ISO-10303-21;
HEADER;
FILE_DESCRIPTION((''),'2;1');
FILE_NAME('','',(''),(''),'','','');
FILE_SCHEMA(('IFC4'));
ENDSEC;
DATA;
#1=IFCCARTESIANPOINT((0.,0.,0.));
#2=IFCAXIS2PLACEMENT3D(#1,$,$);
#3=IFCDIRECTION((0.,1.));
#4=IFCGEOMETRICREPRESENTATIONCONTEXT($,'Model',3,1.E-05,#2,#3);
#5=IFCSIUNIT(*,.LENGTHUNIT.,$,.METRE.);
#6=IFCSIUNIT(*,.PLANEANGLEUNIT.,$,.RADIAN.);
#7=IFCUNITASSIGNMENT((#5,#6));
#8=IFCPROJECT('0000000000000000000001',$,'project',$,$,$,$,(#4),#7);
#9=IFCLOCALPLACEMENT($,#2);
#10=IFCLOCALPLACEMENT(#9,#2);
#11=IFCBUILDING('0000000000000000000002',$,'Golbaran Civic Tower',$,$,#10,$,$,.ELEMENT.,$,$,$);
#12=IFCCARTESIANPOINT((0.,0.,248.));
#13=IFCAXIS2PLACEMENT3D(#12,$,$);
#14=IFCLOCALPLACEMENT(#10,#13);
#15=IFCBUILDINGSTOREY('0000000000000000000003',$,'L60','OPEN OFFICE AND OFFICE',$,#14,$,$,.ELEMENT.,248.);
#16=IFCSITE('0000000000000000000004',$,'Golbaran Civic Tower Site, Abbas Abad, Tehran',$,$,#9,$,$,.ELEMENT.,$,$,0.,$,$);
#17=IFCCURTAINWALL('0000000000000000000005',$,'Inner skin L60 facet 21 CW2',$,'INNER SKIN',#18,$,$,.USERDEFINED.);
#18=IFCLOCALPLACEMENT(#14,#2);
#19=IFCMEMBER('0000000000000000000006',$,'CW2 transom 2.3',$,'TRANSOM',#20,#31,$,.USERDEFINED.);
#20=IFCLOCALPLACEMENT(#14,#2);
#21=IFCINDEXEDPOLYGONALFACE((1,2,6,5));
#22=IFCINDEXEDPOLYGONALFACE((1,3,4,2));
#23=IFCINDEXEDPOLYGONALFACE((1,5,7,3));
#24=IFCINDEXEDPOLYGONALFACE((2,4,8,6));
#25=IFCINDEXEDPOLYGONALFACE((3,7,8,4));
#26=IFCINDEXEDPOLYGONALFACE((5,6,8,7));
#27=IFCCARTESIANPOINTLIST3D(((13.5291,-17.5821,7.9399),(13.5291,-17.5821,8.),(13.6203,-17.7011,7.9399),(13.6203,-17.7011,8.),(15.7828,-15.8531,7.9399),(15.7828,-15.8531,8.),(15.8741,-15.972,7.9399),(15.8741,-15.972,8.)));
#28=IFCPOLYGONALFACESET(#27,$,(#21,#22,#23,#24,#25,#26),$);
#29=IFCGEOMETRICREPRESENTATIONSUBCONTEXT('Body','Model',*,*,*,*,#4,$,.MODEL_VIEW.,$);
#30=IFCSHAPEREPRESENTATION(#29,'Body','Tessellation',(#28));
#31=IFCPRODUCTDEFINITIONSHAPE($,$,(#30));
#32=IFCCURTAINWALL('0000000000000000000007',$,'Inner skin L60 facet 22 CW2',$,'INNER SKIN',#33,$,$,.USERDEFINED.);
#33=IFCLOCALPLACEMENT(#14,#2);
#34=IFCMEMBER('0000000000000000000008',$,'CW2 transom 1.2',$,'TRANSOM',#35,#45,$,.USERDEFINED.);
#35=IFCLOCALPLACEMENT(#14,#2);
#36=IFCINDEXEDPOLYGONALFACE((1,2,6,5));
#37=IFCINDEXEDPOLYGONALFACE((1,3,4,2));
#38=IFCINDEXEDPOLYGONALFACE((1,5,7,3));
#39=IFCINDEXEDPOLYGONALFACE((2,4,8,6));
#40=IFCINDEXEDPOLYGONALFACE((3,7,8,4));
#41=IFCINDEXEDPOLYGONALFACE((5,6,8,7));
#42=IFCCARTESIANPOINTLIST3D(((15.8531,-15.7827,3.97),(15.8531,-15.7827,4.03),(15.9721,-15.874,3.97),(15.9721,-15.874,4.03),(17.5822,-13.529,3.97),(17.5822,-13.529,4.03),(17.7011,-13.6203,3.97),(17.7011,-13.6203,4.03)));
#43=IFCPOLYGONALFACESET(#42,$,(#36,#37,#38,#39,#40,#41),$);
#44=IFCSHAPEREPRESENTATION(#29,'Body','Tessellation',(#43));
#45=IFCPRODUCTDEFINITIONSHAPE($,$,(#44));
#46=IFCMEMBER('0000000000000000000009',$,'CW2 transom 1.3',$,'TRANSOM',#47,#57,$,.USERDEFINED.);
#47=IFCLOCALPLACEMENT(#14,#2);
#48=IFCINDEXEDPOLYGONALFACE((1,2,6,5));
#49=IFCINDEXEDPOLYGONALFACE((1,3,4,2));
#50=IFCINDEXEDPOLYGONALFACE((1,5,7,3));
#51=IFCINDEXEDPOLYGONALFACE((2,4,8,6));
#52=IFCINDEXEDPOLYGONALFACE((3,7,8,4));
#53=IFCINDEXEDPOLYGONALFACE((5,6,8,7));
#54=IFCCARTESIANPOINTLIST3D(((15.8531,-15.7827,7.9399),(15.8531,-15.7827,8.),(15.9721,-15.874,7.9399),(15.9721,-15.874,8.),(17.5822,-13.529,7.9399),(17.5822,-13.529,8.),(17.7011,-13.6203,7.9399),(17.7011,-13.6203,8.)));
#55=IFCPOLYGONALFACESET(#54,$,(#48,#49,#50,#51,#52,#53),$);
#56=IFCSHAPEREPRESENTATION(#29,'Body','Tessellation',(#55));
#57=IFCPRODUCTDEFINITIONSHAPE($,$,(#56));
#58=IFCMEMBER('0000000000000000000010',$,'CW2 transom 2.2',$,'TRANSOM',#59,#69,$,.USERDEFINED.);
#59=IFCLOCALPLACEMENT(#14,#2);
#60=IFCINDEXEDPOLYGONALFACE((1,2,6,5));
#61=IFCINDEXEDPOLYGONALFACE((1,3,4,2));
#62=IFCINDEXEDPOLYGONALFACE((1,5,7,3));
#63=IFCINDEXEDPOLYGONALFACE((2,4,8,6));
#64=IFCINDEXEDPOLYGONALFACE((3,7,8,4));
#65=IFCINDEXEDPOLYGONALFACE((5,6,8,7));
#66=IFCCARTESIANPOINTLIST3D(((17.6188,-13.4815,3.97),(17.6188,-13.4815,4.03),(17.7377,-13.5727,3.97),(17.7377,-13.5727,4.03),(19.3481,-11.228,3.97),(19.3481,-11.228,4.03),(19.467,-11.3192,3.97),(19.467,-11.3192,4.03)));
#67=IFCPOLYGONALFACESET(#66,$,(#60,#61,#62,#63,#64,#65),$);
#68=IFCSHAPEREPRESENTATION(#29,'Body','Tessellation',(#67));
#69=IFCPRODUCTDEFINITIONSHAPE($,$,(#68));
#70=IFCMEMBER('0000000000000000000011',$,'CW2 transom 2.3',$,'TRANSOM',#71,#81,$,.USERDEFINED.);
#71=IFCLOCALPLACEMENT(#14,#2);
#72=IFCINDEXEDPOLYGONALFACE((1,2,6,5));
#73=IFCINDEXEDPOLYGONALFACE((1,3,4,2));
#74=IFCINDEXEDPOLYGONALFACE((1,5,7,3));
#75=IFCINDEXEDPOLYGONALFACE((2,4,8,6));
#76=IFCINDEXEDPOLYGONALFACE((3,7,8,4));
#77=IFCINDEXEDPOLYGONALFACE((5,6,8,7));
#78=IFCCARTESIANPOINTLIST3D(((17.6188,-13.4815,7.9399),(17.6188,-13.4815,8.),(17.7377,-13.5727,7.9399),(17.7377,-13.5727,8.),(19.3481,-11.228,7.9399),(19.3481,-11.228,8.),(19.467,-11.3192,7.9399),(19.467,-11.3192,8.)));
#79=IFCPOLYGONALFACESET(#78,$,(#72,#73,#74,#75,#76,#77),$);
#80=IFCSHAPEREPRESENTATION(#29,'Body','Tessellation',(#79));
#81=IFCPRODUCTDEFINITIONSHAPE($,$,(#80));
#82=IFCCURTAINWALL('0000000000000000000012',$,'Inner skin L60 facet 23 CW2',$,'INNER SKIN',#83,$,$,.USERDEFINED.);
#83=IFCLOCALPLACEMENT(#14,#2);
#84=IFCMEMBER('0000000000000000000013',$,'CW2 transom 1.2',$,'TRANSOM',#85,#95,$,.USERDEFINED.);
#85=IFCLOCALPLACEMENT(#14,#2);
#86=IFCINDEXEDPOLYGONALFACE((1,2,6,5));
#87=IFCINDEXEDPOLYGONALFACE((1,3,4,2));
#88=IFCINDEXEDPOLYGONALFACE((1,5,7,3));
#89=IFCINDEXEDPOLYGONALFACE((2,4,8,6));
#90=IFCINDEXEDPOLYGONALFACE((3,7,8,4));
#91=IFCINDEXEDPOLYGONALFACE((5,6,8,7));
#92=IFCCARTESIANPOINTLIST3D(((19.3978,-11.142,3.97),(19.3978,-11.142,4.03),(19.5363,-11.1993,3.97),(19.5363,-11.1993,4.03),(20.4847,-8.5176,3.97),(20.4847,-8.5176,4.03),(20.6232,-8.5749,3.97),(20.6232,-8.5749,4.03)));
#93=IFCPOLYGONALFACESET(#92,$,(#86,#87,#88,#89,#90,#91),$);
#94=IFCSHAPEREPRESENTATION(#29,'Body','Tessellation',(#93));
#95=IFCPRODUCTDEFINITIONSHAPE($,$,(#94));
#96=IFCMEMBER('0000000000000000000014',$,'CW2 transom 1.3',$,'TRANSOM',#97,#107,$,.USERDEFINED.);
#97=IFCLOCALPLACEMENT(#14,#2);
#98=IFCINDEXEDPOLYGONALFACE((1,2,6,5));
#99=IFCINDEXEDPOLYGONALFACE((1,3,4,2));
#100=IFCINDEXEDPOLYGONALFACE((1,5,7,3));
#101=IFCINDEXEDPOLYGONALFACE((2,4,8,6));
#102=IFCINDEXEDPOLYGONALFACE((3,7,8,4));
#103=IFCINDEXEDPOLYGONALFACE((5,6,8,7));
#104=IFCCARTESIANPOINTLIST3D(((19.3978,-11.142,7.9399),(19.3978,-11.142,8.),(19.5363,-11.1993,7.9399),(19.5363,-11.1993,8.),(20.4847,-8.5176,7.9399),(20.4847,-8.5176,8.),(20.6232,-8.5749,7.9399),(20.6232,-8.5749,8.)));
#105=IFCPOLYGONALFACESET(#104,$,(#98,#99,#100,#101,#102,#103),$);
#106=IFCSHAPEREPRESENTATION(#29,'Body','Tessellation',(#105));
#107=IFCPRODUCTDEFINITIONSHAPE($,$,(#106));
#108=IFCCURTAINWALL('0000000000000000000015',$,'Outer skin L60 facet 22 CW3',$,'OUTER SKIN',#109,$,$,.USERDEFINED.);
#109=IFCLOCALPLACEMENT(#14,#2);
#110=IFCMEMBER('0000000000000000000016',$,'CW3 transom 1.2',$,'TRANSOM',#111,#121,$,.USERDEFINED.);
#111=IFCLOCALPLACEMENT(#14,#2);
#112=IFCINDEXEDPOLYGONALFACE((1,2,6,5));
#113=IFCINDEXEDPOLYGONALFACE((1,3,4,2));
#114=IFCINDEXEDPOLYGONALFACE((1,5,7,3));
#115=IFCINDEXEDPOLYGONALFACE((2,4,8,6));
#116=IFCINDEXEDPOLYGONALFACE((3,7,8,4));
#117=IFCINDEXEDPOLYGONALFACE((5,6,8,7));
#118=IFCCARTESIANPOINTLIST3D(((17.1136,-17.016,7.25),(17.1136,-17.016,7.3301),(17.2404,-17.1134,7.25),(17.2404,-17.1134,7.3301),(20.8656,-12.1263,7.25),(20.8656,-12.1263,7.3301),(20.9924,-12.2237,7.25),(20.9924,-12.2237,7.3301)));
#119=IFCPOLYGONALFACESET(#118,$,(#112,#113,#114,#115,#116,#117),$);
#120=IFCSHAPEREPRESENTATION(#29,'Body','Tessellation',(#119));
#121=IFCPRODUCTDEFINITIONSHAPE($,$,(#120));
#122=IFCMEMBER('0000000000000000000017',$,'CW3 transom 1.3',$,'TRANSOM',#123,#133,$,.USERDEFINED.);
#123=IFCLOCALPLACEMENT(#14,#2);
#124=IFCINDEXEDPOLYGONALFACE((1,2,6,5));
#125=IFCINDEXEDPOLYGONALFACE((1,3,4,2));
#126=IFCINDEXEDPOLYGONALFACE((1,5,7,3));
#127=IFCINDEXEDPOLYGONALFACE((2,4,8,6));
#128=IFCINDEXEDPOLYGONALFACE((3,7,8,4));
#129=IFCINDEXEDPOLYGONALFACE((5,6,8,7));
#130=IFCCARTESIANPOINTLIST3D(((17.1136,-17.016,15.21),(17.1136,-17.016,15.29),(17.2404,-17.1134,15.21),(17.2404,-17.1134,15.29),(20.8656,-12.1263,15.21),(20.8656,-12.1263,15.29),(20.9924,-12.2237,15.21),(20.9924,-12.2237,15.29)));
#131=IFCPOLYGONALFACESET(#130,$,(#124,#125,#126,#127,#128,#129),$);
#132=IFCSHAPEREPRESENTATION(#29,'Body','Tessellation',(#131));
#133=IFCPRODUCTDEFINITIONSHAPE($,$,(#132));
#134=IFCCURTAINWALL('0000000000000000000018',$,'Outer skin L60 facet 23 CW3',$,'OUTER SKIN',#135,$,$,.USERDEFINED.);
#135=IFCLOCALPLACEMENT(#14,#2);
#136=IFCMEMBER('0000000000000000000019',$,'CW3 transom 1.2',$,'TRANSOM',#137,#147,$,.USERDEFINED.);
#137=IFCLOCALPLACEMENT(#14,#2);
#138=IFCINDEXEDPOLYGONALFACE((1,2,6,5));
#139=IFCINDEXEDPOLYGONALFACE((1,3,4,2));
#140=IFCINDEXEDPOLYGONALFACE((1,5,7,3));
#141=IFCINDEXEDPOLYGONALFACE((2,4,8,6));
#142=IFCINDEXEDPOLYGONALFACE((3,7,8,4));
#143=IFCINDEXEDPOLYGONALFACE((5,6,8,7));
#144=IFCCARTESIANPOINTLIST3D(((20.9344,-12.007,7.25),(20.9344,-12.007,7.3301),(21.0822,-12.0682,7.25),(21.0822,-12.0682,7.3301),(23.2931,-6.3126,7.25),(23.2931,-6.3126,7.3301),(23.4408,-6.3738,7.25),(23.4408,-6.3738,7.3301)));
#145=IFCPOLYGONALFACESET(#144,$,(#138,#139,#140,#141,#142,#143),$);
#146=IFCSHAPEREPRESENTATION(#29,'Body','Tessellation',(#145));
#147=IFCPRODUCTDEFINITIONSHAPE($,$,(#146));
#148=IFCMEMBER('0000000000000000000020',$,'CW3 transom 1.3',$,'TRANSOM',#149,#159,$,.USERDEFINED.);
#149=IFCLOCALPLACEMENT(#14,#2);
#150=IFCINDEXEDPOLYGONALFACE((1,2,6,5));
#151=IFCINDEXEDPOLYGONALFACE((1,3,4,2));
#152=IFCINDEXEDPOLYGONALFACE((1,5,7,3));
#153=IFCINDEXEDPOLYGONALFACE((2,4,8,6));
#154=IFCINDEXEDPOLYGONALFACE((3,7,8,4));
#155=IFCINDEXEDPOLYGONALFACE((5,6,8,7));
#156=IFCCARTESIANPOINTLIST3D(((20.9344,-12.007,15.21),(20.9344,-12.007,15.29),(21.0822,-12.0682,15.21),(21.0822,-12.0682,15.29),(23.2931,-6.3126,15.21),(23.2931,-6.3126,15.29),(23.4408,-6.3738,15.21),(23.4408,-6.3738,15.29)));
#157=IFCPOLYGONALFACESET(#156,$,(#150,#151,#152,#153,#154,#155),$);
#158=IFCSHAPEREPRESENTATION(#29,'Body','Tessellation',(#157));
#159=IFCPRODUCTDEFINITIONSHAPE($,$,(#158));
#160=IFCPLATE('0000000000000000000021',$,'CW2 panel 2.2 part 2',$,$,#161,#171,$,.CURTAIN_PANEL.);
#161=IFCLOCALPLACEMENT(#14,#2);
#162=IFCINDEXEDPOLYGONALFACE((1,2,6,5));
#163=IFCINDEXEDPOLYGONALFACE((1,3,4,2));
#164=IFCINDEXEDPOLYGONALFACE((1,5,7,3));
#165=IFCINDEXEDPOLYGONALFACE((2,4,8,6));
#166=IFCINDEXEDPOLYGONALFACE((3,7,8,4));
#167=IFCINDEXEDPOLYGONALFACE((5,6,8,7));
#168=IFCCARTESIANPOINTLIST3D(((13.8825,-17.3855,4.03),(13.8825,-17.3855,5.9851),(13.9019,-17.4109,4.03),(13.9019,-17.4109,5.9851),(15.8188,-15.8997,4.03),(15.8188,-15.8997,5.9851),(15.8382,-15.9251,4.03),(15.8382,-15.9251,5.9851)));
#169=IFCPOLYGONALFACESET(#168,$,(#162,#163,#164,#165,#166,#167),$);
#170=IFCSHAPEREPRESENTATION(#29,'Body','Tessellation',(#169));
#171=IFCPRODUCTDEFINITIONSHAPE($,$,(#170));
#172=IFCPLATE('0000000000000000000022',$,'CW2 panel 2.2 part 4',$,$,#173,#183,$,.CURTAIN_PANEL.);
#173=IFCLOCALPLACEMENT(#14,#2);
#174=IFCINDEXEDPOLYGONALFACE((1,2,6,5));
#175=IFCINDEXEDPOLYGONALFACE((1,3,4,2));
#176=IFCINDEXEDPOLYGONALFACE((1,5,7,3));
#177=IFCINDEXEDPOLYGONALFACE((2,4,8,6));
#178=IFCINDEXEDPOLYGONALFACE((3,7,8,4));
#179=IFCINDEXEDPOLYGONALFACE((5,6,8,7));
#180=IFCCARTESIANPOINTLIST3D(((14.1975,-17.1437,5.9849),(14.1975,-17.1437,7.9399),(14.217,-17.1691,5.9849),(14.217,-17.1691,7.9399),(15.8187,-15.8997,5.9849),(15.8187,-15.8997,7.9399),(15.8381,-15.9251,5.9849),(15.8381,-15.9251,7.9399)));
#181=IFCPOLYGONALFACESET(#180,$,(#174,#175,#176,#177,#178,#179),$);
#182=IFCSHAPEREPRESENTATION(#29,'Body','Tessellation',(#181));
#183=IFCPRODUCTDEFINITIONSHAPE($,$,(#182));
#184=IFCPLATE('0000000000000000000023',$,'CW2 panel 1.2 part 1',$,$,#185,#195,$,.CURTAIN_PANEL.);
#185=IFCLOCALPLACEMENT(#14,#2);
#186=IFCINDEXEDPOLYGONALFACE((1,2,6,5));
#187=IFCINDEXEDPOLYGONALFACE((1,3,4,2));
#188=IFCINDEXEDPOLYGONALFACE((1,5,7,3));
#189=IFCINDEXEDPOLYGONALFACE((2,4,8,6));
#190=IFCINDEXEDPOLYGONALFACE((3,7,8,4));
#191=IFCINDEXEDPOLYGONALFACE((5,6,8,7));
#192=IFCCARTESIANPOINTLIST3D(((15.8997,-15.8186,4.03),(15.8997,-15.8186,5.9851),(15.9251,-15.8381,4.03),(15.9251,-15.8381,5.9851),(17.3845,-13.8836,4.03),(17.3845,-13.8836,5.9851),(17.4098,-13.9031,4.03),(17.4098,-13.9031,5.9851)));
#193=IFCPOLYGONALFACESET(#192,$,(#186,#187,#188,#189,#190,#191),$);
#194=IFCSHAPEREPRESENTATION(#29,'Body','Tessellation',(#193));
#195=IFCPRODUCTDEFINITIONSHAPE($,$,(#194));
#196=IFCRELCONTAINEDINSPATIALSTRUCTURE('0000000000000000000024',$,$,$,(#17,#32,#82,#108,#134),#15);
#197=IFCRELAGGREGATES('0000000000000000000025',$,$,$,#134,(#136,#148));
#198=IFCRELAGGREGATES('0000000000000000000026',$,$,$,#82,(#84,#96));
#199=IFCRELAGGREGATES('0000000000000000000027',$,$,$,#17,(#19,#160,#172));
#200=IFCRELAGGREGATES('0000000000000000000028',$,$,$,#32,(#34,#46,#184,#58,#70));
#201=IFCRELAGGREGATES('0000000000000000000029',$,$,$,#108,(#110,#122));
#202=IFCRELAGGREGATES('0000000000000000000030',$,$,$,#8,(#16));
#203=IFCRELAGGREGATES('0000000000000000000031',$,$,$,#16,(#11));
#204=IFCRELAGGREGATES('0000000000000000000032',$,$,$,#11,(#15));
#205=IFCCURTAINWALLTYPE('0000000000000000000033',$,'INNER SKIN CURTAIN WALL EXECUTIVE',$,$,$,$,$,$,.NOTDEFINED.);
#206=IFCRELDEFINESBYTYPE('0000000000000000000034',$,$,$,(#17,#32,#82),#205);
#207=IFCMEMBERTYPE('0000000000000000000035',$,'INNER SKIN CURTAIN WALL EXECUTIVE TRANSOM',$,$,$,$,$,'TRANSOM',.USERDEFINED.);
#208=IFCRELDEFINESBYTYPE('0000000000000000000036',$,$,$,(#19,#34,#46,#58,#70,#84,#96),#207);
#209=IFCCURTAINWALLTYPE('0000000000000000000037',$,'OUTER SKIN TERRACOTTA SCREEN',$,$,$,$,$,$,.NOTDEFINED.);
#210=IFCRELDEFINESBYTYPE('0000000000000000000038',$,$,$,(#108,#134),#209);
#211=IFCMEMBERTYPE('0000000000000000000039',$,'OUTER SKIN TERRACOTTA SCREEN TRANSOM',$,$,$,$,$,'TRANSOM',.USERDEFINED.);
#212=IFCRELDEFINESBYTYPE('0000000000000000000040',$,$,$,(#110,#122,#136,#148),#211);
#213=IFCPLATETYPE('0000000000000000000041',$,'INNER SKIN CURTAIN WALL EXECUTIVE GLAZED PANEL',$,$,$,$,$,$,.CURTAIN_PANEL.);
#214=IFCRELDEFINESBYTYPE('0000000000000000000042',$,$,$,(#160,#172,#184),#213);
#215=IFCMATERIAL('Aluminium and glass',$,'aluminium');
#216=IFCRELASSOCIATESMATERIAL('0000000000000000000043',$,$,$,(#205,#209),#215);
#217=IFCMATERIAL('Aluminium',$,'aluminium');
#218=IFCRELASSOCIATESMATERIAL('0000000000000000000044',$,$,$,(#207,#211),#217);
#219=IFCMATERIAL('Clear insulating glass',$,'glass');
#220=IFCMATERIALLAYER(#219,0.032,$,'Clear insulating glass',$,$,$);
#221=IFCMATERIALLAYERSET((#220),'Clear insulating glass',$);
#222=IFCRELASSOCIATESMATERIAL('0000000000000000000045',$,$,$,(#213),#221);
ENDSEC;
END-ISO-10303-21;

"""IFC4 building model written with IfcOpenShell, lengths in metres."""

from ifc_helpers import new_model, si_unit, direction, frame, origin, origin_2d, place, context, subcontext, project, spatial, rectangle, extrude, material, layer, layer_set, material_profile, profile_set, type_object, element, aggregate, save


model = new_model("IFC4")

# Units and contexts
model_context = context("Model", 3, precision=1e-05, world=origin(), true_north=direction((0.0, 1.0)))
body_context = subcontext(model_context, "Body", "Model", "MODEL_VIEW")
ifc_project = project(units=[si_unit("LENGTHUNIT", "METRE"), si_unit("PLANEANGLEUNIT", "RADIAN")], contexts=[model_context])

# Site, building, storey
site_placement = place(None, origin())
site = spatial("IfcSite", under=ifc_project, at=site_placement, Name="Golbaran Civic Tower Site, Abbas Abad, Tehran", CompositionType="ELEMENT", RefElevation=0.0)
building_placement = place(site_placement, origin())
building = spatial("IfcBuilding", under=site, at=building_placement, Name="Golbaran Civic Tower", CompositionType="ELEMENT")
storey_placement = place(building_placement, frame((0.0, 0.0, 248.0)))
storey = spatial("IfcBuildingStorey", under=building, at=storey_placement, Name="L60", Description="OPEN OFFICE AND OFFICE", CompositionType="ELEMENT", Elevation=248.0)

# Curtain wall, member
ifc_material_1 = material(Name="Aluminium and glass", Category="aluminium")
curtain_wall_type_1 = type_object("IfcCurtainWallType", Name="INNER SKIN CURTAIN WALL EXECUTIVE", PredefinedType="NOTDEFINED", material=ifc_material_1)
curtain_wall_1_placement = place(storey_placement, origin())
curtain_wall_1 = element("IfcCurtainWall", 1, at=curtain_wall_1_placement, inside=storey, type_object=curtain_wall_type_1, Name="Inner skin L60 facet 21 CW2", ObjectType="INNER SKIN", PredefinedType="USERDEFINED")
ifc_material_2 = material(Name="Aluminium", Category="aluminium")
ifc_material_profile_1 = material_profile(ifc_material_2, rectangle(XDim=0.1499, YDim=0.0601, at=origin_2d()), Name="INNER SKIN CURTAIN WALL EXECUTIVE TRANSOM")
ifc_profile_set_1 = profile_set([ifc_material_profile_1], Name="Aluminium")
member_type_1 = type_object("IfcMemberType", Name="INNER SKIN CURTAIN WALL EXECUTIVE TRANSOM", ElementType="TRANSOM", PredefinedType="USERDEFINED", material=ifc_profile_set_1)
member_1_placement = place(storey_placement, frame((13.5747, -17.6416, 7.97), z_axis=(0.793403, 0.608697, 0.0), x_axis=(-0.608697, 0.793403, 0.0)))
member_1 = element("IfcMember", 2, at=member_1_placement, type_object=member_type_1, Name="CW2 transom 2.3", ObjectType="TRANSOM", PredefinedType="USERDEFINED", context=body_context, shape_type="SweptSolid", body=[
    extrude(rectangle(XDim=0.1499, YDim=0.0601, at=origin_2d()), origin(), (0.0, 0.0, 1.0), 2.8406),
])

# Curtain walls, members
curtain_wall_2_placement = place(storey_placement, origin())
curtain_wall_2 = element("IfcCurtainWall", 3, at=curtain_wall_2_placement, inside=storey, type_object=curtain_wall_type_1, Name="Inner skin L60 facet 22 CW2", ObjectType="INNER SKIN", PredefinedType="USERDEFINED")
member_2_placement = place(storey_placement, frame((15.9126, -15.8284, 4.0), z_axis=(0.608697, 0.793403, 0.0), x_axis=(-0.793403, 0.608697, 0.0)))
member_2 = element("IfcMember", 4, at=member_2_placement, type_object=member_type_1, Name="CW2 transom 1.2", ObjectType="TRANSOM", PredefinedType="USERDEFINED", context=body_context, shape_type="SweptSolid", body=[
    extrude(rectangle(XDim=0.1499, YDim=0.0601, at=origin_2d()), origin(), (0.0, 0.0, 1.0), 2.8406),
])
member_3_placement = place(storey_placement, frame((15.9126, -15.8284, 7.97), z_axis=(0.608697, 0.793403, 0.0), x_axis=(-0.793403, 0.608697, 0.0)))
member_3 = element("IfcMember", 5, at=member_3_placement, type_object=member_type_1, Name="CW2 transom 1.3", ObjectType="TRANSOM", PredefinedType="USERDEFINED", context=body_context, shape_type="SweptSolid", body=[
    extrude(rectangle(XDim=0.1499, YDim=0.0601, at=origin_2d()), origin(), (0.0, 0.0, 1.0), 2.8406),
])
member_4_placement = place(storey_placement, frame((17.6782, -13.5271, 4.0), z_axis=(0.608792, 0.79333, 0.0), x_axis=(-0.79333, 0.608792, 0.0)))
member_4 = element("IfcMember", 6, at=member_4_placement, type_object=member_type_1, Name="CW2 transom 2.2", ObjectType="TRANSOM", PredefinedType="USERDEFINED", context=body_context, shape_type="SweptSolid", body=[
    extrude(rectangle(XDim=0.1499, YDim=0.0601, at=origin_2d()), origin(), (0.0, 0.0, 1.0), 2.8406),
])
member_5_placement = place(storey_placement, frame((17.6782, -13.5271, 7.97), z_axis=(0.608792, 0.79333, 0.0), x_axis=(-0.79333, 0.608792, 0.0)))
member_5 = element("IfcMember", 7, at=member_5_placement, type_object=member_type_1, Name="CW2 transom 2.3", ObjectType="TRANSOM", PredefinedType="USERDEFINED", context=body_context, shape_type="SweptSolid", body=[
    extrude(rectangle(XDim=0.1499, YDim=0.0601, at=origin_2d()), origin(), (0.0, 0.0, 1.0), 2.8406),
])
curtain_wall_3_placement = place(storey_placement, origin())
curtain_wall_3 = element("IfcCurtainWall", 8, at=curtain_wall_3_placement, inside=storey, type_object=curtain_wall_type_1, Name="Inner skin L60 facet 23 CW2", ObjectType="INNER SKIN", PredefinedType="USERDEFINED")
member_6_placement = place(storey_placement, frame((19.467, -11.1707, 4.0), z_axis=(0.382625, 0.923904, 0.0), x_axis=(-0.923904, 0.382625, 0.0)))
member_6 = element("IfcMember", 9, at=member_6_placement, type_object=member_type_1, Name="CW2 transom 1.2", ObjectType="TRANSOM", PredefinedType="USERDEFINED", context=body_context, shape_type="SweptSolid", body=[
    extrude(rectangle(XDim=0.1499, YDim=0.0601, at=origin_2d()), origin(), (0.0, 0.0, 1.0), 2.8406),
])
member_7_placement = place(storey_placement, frame((19.467, -11.1707, 7.97), z_axis=(0.382625, 0.923904, 0.0), x_axis=(-0.923904, 0.382625, 0.0)))
member_7 = element("IfcMember", 10, at=member_7_placement, type_object=member_type_1, Name="CW2 transom 1.3", ObjectType="TRANSOM", PredefinedType="USERDEFINED", context=body_context, shape_type="SweptSolid", body=[
    extrude(rectangle(XDim=0.1499, YDim=0.0601, at=origin_2d()), origin(), (0.0, 0.0, 1.0), 2.8406),
])
curtain_wall_type_2 = type_object("IfcCurtainWallType", Name="OUTER SKIN TERRACOTTA SCREEN", PredefinedType="NOTDEFINED", material=ifc_material_1)
curtain_wall_4_placement = place(storey_placement, origin())
curtain_wall_4 = element("IfcCurtainWall", 11, at=curtain_wall_4_placement, inside=storey, type_object=curtain_wall_type_2, Name="Outer skin L60 facet 22 CW3", ObjectType="OUTER SKIN", PredefinedType="USERDEFINED")
ifc_material_profile_2 = material_profile(ifc_material_2, rectangle(XDim=0.1599, YDim=0.0801, at=origin_2d()), Name="OUTER SKIN TERRACOTTA SCREEN TRANSOM")
ifc_profile_set_2 = profile_set([ifc_material_profile_2], Name="Aluminium")
member_type_2 = type_object("IfcMemberType", Name="OUTER SKIN TERRACOTTA SCREEN TRANSOM", ElementType="TRANSOM", PredefinedType="USERDEFINED", material=ifc_profile_set_2)
member_8_placement = place(storey_placement, frame((17.177, -17.0647, 7.29), z_axis=(0.608761, 0.793354, 0.0), x_axis=(-0.793354, 0.608761, 0.0)))
member_8 = element("IfcMember", 12, at=member_8_placement, type_object=member_type_2, Name="CW3 transom 1.2", ObjectType="TRANSOM", PredefinedType="USERDEFINED", context=body_context, shape_type="SweptSolid", body=[
    extrude(rectangle(XDim=0.1599, YDim=0.0801, at=origin_2d()), origin(), (0.0, 0.0, 1.0), 6.1633),
])
member_9_placement = place(storey_placement, frame((17.177, -17.0647, 15.25), z_axis=(0.608761, 0.793354, 0.0), x_axis=(-0.793354, 0.608761, 0.0)))
member_9 = element("IfcMember", 13, at=member_9_placement, type_object=member_type_2, Name="CW3 transom 1.3", ObjectType="TRANSOM", PredefinedType="USERDEFINED", context=body_context, shape_type="SweptSolid", body=[
    extrude(rectangle(XDim=0.1599, YDim=0.0801, at=origin_2d()), origin(), (0.0, 0.0, 1.0), 6.1633),
])
curtain_wall_5_placement = place(storey_placement, origin())
curtain_wall_5 = element("IfcCurtainWall", 14, at=curtain_wall_5_placement, inside=storey, type_object=curtain_wall_type_2, Name="Outer skin L60 facet 23 CW3", ObjectType="OUTER SKIN", PredefinedType="USERDEFINED")
member_10_placement = place(storey_placement, frame((21.0083, -12.0376, 7.29), z_axis=(0.382679, 0.923881, 0.0), x_axis=(-0.923881, 0.382679, 0.0)))
member_10 = element("IfcMember", 15, at=member_10_placement, type_object=member_type_2, Name="CW3 transom 1.2", ObjectType="TRANSOM", PredefinedType="USERDEFINED", context=body_context, shape_type="SweptSolid", body=[
    extrude(rectangle(XDim=0.1599, YDim=0.0801, at=origin_2d()), origin(), (0.0, 0.0, 1.0), 6.1636),
])
member_11_placement = place(storey_placement, frame((21.0083, -12.0376, 15.25), z_axis=(0.382679, 0.923881, 0.0), x_axis=(-0.923881, 0.382679, 0.0)))
member_11 = element("IfcMember", 16, at=member_11_placement, type_object=member_type_2, Name="CW3 transom 1.3", ObjectType="TRANSOM", PredefinedType="USERDEFINED", context=body_context, shape_type="SweptSolid", body=[
    extrude(rectangle(XDim=0.1599, YDim=0.0801, at=origin_2d()), origin(), (0.0, 0.0, 1.0), 6.1636),
])
aggregate(curtain_wall_5, [member_10, member_11])

# Plates
ifc_material_3 = material(Name="Clear insulating glass", Category="glass")
ifc_layer_1 = layer(ifc_material_3, 0.032, Name="Clear insulating glass")
ifc_layer_set_1 = layer_set([ifc_layer_1], Name="Clear insulating glass")
plate_type_1 = type_object("IfcPlateType", Name="INNER SKIN CURTAIN WALL EXECUTIVE GLAZED PANEL", PredefinedType="CURTAIN_PANEL", material=ifc_layer_set_1)
plate_1_placement = place(storey_placement, frame((14.8604, -16.6553, 4.03), z_axis=(0.0, 0.0, 1.0), x_axis=(0.793353, 0.608761, 0.0)))
plate_1 = element("IfcPlate", 17, at=plate_1_placement, type_object=plate_type_1, Name="CW2 panel 2.2 part 2", PredefinedType="CURTAIN_PANEL", context=body_context, shape_type="SweptSolid", body=[
    extrude(rectangle(XDim=2.4407, YDim=0.032, at=origin_2d()), origin(), (0.0, 0.0, 1.0), 1.9551),
])
plate_2_placement = place(storey_placement, frame((15.0178, -16.5344, 5.9849), z_axis=(0.0, 0.0, 1.0), x_axis=(0.793353, 0.608761, 0.0)))
plate_2 = element("IfcPlate", 18, at=plate_2_placement, type_object=plate_type_1, Name="CW2 panel 2.2 part 4", PredefinedType="CURTAIN_PANEL", context=body_context, shape_type="SweptSolid", body=[
    extrude(rectangle(XDim=2.0435, YDim=0.032, at=origin_2d()), origin(), (0.0, 0.0, 1.0), 1.9551),
])
plate_3_placement = place(storey_placement, frame((16.6548, -14.8608, 4.03), z_axis=(0.0, 0.0, 1.0), x_axis=(0.608761, 0.793353, 0.0)))
plate_3 = element("IfcPlate", 19, at=plate_3_placement, type_object=plate_type_1, Name="CW2 panel 1.2 part 1", PredefinedType="CURTAIN_PANEL", context=body_context, shape_type="SweptSolid", body=[
    extrude(rectangle(XDim=2.439, YDim=0.032, at=origin_2d()), origin(), (0.0, 0.0, 1.0), 1.9551),
])
aggregate(curtain_wall_3, [member_6, member_7])
aggregate(curtain_wall_1, [member_1, plate_1, plate_2])
aggregate(curtain_wall_2, [member_2, member_3, plate_3, member_4, member_5])
aggregate(curtain_wall_4, [member_8, member_9])

save(model, "model.ifc")
